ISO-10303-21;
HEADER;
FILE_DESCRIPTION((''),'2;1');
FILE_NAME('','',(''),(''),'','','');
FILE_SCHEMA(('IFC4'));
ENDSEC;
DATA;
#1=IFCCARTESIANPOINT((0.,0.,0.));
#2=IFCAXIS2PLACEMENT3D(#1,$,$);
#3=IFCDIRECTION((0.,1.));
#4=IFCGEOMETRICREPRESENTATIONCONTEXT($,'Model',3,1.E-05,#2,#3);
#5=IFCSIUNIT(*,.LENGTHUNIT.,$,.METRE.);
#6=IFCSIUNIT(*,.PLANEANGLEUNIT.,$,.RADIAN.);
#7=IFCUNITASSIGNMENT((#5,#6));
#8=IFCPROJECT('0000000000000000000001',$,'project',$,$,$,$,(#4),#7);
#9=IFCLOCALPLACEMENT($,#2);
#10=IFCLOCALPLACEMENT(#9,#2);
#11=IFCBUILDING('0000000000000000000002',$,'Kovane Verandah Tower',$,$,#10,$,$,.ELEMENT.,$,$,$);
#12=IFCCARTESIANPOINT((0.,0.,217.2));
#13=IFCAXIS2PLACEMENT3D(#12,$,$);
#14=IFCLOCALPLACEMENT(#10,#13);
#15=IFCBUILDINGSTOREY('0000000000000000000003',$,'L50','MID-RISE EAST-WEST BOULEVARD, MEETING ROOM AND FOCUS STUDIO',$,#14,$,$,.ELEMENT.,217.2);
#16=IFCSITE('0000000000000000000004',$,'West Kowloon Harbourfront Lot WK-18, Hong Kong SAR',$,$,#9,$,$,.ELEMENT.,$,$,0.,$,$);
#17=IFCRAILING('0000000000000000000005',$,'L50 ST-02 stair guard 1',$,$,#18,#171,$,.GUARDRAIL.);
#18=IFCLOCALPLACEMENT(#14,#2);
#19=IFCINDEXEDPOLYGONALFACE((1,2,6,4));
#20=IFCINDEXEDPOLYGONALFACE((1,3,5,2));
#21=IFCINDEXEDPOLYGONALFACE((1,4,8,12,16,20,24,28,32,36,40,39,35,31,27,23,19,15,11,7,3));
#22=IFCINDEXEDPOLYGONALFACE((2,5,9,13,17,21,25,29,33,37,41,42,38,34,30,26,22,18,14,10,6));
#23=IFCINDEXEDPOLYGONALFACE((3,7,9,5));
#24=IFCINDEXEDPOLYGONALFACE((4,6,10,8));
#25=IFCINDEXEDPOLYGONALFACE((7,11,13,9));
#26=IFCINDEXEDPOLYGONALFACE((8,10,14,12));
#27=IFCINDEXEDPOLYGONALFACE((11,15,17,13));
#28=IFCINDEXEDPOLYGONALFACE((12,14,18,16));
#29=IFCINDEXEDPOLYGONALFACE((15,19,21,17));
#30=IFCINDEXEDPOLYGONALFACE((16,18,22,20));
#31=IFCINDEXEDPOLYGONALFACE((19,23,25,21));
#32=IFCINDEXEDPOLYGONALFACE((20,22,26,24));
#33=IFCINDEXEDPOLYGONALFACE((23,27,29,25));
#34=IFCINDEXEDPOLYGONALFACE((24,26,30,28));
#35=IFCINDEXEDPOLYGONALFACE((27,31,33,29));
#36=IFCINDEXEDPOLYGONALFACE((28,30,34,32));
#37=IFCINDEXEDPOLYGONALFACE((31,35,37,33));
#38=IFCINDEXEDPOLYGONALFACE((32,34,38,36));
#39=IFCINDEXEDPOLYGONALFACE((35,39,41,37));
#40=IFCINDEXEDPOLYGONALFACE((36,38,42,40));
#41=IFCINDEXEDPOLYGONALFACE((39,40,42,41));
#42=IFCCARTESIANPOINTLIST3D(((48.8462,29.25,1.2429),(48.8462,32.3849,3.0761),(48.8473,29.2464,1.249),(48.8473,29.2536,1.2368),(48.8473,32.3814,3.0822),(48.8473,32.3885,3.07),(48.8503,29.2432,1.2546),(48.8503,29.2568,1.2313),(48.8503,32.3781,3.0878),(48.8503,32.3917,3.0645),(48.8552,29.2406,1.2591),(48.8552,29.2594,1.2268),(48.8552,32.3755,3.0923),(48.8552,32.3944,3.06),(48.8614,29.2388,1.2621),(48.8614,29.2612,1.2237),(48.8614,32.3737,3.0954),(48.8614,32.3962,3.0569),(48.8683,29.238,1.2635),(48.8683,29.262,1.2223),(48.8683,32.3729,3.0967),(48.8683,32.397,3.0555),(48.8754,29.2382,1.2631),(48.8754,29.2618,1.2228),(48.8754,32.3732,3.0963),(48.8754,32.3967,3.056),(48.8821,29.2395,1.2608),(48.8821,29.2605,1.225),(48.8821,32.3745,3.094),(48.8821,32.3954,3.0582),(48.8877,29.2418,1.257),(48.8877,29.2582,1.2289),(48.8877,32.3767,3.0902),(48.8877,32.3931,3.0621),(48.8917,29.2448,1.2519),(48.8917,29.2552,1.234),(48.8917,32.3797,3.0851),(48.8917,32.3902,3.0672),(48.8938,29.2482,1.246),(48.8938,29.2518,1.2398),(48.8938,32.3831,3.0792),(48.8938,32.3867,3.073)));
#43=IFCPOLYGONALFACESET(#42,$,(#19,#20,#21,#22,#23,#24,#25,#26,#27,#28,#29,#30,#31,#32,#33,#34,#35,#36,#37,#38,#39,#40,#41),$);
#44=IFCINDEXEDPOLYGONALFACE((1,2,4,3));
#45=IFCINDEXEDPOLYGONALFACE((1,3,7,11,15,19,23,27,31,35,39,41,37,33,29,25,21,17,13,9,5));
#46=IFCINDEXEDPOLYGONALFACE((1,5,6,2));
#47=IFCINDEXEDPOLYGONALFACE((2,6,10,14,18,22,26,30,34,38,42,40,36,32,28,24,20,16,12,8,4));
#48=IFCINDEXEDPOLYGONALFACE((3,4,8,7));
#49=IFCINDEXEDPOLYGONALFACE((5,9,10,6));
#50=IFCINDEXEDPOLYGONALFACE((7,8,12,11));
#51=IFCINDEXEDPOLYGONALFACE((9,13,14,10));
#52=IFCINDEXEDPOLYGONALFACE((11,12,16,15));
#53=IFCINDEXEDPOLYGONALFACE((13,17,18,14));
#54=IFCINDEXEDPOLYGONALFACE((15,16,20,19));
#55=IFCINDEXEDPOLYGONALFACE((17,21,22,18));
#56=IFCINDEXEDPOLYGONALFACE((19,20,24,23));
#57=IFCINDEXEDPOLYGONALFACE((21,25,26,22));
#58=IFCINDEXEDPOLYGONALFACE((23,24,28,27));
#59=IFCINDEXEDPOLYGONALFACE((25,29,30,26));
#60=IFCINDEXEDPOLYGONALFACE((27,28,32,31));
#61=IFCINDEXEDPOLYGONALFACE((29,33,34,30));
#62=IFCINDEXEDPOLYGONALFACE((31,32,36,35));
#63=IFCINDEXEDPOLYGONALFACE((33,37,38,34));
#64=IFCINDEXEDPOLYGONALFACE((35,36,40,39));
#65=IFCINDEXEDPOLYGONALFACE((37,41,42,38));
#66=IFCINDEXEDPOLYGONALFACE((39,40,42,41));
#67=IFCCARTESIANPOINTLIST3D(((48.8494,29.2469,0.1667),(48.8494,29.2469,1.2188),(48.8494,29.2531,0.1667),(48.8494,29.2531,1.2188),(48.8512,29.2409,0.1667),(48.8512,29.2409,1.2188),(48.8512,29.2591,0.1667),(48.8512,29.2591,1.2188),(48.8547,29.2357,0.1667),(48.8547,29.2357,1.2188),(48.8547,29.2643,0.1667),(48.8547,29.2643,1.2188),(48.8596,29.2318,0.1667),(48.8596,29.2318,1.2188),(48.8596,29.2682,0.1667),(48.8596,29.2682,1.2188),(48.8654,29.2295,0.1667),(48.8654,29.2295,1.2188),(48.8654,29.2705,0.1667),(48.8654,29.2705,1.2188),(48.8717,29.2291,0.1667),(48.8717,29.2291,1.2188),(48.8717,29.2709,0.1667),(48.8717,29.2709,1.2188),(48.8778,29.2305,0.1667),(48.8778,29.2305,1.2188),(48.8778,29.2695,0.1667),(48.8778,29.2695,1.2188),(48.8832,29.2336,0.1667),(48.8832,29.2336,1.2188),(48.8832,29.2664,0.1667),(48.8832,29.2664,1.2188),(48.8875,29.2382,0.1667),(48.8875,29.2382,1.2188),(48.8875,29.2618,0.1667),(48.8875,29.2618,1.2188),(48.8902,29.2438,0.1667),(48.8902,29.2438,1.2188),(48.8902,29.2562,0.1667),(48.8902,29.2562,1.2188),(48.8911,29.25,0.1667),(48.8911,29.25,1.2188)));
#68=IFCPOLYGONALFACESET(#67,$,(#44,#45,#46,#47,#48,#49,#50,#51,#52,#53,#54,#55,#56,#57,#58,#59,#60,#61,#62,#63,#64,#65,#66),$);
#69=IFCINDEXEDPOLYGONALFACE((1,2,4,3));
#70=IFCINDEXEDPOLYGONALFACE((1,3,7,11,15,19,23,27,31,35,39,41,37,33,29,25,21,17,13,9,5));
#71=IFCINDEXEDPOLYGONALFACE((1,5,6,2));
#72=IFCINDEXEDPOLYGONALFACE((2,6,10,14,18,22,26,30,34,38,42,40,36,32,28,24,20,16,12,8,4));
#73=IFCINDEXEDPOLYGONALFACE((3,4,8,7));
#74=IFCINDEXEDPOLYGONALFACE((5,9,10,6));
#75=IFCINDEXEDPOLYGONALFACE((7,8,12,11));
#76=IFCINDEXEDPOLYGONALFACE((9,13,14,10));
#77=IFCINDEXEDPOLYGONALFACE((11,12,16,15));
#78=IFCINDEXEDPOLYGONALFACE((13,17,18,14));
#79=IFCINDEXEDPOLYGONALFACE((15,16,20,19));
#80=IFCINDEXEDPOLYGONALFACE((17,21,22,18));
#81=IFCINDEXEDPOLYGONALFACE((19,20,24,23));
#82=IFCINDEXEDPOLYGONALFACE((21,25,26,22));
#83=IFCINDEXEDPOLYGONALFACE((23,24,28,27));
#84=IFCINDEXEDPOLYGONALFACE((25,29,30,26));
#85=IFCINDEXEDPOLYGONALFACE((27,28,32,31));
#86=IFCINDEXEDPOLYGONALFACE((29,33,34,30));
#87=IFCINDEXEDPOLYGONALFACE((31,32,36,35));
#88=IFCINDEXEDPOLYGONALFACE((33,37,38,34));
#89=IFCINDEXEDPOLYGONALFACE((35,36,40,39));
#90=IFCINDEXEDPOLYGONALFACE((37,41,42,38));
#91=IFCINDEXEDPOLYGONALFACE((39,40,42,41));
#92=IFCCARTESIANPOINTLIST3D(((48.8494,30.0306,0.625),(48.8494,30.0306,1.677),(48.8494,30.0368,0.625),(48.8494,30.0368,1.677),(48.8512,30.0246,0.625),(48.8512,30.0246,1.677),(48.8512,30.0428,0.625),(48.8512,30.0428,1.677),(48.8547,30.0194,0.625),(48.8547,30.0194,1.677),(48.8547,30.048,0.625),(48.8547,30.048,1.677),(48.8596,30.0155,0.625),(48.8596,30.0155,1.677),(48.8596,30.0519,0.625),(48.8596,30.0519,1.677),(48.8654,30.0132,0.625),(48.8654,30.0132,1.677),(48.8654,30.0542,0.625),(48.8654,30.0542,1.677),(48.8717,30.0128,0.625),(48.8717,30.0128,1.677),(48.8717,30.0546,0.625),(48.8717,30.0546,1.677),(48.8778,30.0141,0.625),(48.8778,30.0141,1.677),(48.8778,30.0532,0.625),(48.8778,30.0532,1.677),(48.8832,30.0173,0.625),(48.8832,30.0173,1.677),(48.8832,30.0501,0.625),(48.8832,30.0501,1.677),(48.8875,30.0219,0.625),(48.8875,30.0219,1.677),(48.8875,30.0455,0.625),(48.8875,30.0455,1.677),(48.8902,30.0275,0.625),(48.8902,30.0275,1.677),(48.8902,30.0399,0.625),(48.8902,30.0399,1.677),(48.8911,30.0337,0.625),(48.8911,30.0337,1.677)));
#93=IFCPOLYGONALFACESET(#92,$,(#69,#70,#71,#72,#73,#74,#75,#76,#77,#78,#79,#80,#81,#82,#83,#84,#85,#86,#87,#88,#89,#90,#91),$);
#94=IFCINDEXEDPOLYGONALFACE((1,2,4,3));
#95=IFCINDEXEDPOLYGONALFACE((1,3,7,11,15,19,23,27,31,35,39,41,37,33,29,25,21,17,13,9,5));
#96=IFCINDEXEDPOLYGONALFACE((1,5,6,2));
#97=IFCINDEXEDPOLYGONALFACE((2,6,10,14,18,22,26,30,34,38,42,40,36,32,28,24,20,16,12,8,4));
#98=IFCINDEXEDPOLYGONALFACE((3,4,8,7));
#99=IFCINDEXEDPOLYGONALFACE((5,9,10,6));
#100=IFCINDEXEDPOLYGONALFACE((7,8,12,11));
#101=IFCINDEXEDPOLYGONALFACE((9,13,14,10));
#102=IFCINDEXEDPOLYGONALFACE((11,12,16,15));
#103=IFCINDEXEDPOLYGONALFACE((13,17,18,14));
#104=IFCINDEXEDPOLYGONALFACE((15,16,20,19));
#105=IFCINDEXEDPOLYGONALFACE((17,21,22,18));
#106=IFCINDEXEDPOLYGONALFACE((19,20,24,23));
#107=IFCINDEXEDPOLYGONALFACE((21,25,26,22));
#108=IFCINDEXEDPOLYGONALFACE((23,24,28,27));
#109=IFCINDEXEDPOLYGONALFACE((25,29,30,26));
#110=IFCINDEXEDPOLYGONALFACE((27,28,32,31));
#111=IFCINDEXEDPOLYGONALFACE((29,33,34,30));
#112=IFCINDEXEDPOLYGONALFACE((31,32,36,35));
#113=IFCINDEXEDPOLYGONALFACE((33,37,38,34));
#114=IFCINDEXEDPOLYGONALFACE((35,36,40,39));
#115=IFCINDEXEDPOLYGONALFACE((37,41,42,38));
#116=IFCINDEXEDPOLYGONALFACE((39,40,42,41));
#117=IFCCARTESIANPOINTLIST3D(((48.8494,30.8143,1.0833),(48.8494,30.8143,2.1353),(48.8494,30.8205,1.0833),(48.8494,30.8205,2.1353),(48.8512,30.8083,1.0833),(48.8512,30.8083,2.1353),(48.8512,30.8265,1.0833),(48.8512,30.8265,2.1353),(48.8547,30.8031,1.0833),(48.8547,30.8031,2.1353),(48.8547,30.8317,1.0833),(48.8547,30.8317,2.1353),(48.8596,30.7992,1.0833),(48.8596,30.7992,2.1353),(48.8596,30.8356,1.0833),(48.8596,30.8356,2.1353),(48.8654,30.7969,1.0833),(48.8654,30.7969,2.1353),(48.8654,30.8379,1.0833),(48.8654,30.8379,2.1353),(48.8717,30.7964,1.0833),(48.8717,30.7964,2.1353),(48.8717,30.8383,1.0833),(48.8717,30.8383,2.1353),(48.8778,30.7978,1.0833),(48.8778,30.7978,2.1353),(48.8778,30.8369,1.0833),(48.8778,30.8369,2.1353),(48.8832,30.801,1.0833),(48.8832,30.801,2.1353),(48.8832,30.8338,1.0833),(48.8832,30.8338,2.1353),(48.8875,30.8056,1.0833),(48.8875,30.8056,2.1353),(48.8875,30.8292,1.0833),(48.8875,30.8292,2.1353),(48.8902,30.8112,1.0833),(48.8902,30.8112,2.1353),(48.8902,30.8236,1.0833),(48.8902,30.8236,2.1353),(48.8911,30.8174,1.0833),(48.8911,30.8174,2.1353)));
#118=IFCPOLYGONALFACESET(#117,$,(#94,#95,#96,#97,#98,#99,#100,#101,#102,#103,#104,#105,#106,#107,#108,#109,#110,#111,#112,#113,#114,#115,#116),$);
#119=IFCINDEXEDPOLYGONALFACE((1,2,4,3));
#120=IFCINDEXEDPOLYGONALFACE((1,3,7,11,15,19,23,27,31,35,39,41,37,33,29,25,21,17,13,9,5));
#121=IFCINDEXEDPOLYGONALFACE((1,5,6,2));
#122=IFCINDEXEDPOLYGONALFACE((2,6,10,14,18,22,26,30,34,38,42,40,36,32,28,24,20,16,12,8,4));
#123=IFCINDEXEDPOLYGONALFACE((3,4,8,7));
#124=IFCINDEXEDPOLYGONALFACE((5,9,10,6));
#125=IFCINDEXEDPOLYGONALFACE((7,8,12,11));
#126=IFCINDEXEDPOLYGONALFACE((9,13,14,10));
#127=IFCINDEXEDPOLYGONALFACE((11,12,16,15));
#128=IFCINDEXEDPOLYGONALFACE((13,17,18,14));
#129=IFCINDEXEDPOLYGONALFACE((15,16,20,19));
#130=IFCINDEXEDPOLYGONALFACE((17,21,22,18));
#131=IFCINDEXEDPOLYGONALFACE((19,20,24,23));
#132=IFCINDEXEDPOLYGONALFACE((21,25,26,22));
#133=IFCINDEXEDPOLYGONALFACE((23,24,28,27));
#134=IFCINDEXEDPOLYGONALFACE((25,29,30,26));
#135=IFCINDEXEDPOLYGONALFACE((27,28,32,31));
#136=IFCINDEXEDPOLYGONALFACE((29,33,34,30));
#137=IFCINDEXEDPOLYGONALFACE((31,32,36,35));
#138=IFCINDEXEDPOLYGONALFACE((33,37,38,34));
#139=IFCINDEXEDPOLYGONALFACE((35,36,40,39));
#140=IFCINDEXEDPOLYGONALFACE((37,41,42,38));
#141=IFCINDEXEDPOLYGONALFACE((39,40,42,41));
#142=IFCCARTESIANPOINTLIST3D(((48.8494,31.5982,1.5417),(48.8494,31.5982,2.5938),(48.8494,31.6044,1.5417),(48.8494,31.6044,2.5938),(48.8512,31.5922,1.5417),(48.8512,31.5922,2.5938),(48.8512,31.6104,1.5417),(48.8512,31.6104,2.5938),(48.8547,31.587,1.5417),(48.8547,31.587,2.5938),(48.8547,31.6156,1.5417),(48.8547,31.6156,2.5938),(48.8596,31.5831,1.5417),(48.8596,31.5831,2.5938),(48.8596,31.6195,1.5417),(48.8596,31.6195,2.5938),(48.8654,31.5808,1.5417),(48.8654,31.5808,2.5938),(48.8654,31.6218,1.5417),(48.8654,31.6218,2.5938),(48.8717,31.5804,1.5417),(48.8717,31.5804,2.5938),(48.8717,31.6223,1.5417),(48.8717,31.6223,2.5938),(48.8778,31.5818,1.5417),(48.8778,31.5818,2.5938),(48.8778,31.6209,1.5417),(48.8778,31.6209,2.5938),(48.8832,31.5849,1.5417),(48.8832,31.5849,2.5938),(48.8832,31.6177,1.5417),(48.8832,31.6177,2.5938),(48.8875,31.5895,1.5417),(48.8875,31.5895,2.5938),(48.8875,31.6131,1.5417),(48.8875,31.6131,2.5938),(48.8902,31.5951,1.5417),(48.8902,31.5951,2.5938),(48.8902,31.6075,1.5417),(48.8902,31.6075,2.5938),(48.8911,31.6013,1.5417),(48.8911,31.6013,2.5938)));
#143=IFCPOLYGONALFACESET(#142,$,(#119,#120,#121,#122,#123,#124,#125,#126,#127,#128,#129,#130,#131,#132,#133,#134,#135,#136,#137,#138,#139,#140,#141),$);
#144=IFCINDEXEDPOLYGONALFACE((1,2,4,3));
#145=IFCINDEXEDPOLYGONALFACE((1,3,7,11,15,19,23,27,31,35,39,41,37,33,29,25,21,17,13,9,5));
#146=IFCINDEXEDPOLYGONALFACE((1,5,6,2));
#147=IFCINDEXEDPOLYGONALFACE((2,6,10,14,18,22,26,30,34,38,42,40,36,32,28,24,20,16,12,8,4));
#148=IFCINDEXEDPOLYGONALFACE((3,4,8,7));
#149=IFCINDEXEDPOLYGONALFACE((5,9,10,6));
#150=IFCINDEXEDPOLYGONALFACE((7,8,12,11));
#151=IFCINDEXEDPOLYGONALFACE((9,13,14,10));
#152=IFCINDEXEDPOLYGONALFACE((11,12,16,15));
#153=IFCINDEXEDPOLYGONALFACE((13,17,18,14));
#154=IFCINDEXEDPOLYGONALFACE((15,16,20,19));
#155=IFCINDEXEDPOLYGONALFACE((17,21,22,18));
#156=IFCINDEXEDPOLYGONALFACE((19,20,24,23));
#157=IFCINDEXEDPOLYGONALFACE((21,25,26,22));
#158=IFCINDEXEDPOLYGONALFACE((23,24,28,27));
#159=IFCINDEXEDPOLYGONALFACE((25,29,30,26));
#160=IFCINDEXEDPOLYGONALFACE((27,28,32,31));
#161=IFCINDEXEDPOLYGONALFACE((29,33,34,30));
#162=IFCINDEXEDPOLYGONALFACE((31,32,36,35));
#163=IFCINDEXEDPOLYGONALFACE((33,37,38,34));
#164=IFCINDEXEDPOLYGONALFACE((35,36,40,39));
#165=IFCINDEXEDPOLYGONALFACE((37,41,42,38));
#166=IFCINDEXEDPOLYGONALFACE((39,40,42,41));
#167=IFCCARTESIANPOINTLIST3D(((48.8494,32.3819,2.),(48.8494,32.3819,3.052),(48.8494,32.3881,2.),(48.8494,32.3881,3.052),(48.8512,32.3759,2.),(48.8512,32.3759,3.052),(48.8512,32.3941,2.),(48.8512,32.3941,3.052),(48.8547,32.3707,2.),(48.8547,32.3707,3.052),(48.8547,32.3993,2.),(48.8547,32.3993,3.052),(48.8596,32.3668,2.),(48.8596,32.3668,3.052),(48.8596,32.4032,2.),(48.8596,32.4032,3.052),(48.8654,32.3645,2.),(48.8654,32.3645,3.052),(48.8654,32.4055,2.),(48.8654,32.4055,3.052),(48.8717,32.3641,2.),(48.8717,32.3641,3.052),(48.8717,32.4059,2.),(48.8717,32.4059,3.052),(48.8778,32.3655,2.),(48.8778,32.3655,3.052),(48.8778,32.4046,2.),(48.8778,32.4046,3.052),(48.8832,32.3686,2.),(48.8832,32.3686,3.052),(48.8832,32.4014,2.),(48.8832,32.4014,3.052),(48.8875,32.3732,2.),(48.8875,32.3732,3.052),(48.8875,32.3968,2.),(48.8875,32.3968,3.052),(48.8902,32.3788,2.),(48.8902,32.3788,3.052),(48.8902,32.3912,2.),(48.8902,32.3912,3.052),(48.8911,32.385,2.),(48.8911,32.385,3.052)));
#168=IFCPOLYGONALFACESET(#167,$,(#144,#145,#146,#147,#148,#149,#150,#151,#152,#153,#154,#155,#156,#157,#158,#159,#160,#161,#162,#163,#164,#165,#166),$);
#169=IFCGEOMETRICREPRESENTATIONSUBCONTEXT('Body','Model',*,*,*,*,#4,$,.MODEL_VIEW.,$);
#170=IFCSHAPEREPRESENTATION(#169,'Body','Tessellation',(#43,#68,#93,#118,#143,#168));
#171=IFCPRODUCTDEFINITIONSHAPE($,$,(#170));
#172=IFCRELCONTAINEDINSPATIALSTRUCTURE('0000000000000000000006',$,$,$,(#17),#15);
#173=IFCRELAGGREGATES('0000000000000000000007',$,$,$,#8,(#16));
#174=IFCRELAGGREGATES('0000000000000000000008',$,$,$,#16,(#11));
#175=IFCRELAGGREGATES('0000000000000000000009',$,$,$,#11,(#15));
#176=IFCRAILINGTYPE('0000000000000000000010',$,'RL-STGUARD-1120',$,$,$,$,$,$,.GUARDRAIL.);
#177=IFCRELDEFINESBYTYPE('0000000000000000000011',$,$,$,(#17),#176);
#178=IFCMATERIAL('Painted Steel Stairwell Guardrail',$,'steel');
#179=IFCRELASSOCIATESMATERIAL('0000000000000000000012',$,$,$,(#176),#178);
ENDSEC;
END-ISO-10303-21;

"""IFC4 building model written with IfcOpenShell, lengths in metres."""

from ifc_helpers import new_model, si_unit, direction, frame, origin, origin_2d, place, context, subcontext, project, spatial, circle, extrude, material, type_object, element, save


model = new_model("IFC4")

# Units and contexts
model_context = context("Model", 3, precision=1e-05, world=origin(), true_north=direction((0.0, 1.0)))
body_context = subcontext(model_context, "Body", "Model", "MODEL_VIEW")
ifc_project = project(units=[si_unit("LENGTHUNIT", "METRE"), si_unit("PLANEANGLEUNIT", "RADIAN")], contexts=[model_context])

# Site, building, storey
site_placement = place(None, origin())
site = spatial("IfcSite", under=ifc_project, at=site_placement, Name="West Kowloon Harbourfront Lot WK-18, Hong Kong SAR", CompositionType="ELEMENT", RefElevation=0.0)
building_placement = place(site_placement, origin())
building = spatial("IfcBuilding", under=site, at=building_placement, Name="Kovane Verandah Tower", CompositionType="ELEMENT")
storey_placement = place(building_placement, frame((0.0, 0.0, 217.2)))
storey = spatial("IfcBuildingStorey", under=building, at=storey_placement, Name="L50", Description="MID-RISE EAST-WEST BOULEVARD, MEETING ROOM AND FOCUS STUDIO", CompositionType="ELEMENT", Elevation=217.2)

# Railing
ifc_material_1 = material(Name="Painted Steel Stairwell Guardrail", Category="steel")
railing_type_1 = type_object("IfcRailingType", Name="RL-STGUARD-1120", PredefinedType="GUARDRAIL", material=ifc_material_1)
railing_1_placement = place(storey_placement, frame((48.8701, 29.25, 0.1667)))
element("IfcRailing", 1, at=railing_1_placement, inside=storey, type_object=railing_type_1, Name="L50 ST-02 stair guard 1", PredefinedType="GUARDRAIL", context=body_context, shape_type="SweptSolid", body=[
    extrude(circle(Radius=0.0239, at=origin_2d()), frame((0.0, 0.0, 1.0762), z_axis=(0.0, 0.86324, 0.504794), x_axis=(-1.0, 0.0, 0.0)), (0.0, 0.0, 1.0), 3.6316),
    extrude(circle(Radius=0.021, at=origin_2d()), origin(), (0.0, 0.0, 1.0), 1.052),
    extrude(circle(Radius=0.021, at=origin_2d()), frame((0.0, 0.7837, 0.4583)), (0.0, 0.0, 1.0), 1.052),
    extrude(circle(Radius=0.021, at=origin_2d()), frame((0.0, 1.5674, 0.9165)), (0.0, 0.0, 1.0), 1.052),
    extrude(circle(Radius=0.021, at=origin_2d()), frame((0.0, 2.3513, 1.375)), (0.0, 0.0, 1.0), 1.052),
    extrude(circle(Radius=0.021, at=origin_2d()), frame((0.0, 3.135, 1.8333)), (0.0, 0.0, 1.0), 1.052),
])

save(model, "model.ifc")
